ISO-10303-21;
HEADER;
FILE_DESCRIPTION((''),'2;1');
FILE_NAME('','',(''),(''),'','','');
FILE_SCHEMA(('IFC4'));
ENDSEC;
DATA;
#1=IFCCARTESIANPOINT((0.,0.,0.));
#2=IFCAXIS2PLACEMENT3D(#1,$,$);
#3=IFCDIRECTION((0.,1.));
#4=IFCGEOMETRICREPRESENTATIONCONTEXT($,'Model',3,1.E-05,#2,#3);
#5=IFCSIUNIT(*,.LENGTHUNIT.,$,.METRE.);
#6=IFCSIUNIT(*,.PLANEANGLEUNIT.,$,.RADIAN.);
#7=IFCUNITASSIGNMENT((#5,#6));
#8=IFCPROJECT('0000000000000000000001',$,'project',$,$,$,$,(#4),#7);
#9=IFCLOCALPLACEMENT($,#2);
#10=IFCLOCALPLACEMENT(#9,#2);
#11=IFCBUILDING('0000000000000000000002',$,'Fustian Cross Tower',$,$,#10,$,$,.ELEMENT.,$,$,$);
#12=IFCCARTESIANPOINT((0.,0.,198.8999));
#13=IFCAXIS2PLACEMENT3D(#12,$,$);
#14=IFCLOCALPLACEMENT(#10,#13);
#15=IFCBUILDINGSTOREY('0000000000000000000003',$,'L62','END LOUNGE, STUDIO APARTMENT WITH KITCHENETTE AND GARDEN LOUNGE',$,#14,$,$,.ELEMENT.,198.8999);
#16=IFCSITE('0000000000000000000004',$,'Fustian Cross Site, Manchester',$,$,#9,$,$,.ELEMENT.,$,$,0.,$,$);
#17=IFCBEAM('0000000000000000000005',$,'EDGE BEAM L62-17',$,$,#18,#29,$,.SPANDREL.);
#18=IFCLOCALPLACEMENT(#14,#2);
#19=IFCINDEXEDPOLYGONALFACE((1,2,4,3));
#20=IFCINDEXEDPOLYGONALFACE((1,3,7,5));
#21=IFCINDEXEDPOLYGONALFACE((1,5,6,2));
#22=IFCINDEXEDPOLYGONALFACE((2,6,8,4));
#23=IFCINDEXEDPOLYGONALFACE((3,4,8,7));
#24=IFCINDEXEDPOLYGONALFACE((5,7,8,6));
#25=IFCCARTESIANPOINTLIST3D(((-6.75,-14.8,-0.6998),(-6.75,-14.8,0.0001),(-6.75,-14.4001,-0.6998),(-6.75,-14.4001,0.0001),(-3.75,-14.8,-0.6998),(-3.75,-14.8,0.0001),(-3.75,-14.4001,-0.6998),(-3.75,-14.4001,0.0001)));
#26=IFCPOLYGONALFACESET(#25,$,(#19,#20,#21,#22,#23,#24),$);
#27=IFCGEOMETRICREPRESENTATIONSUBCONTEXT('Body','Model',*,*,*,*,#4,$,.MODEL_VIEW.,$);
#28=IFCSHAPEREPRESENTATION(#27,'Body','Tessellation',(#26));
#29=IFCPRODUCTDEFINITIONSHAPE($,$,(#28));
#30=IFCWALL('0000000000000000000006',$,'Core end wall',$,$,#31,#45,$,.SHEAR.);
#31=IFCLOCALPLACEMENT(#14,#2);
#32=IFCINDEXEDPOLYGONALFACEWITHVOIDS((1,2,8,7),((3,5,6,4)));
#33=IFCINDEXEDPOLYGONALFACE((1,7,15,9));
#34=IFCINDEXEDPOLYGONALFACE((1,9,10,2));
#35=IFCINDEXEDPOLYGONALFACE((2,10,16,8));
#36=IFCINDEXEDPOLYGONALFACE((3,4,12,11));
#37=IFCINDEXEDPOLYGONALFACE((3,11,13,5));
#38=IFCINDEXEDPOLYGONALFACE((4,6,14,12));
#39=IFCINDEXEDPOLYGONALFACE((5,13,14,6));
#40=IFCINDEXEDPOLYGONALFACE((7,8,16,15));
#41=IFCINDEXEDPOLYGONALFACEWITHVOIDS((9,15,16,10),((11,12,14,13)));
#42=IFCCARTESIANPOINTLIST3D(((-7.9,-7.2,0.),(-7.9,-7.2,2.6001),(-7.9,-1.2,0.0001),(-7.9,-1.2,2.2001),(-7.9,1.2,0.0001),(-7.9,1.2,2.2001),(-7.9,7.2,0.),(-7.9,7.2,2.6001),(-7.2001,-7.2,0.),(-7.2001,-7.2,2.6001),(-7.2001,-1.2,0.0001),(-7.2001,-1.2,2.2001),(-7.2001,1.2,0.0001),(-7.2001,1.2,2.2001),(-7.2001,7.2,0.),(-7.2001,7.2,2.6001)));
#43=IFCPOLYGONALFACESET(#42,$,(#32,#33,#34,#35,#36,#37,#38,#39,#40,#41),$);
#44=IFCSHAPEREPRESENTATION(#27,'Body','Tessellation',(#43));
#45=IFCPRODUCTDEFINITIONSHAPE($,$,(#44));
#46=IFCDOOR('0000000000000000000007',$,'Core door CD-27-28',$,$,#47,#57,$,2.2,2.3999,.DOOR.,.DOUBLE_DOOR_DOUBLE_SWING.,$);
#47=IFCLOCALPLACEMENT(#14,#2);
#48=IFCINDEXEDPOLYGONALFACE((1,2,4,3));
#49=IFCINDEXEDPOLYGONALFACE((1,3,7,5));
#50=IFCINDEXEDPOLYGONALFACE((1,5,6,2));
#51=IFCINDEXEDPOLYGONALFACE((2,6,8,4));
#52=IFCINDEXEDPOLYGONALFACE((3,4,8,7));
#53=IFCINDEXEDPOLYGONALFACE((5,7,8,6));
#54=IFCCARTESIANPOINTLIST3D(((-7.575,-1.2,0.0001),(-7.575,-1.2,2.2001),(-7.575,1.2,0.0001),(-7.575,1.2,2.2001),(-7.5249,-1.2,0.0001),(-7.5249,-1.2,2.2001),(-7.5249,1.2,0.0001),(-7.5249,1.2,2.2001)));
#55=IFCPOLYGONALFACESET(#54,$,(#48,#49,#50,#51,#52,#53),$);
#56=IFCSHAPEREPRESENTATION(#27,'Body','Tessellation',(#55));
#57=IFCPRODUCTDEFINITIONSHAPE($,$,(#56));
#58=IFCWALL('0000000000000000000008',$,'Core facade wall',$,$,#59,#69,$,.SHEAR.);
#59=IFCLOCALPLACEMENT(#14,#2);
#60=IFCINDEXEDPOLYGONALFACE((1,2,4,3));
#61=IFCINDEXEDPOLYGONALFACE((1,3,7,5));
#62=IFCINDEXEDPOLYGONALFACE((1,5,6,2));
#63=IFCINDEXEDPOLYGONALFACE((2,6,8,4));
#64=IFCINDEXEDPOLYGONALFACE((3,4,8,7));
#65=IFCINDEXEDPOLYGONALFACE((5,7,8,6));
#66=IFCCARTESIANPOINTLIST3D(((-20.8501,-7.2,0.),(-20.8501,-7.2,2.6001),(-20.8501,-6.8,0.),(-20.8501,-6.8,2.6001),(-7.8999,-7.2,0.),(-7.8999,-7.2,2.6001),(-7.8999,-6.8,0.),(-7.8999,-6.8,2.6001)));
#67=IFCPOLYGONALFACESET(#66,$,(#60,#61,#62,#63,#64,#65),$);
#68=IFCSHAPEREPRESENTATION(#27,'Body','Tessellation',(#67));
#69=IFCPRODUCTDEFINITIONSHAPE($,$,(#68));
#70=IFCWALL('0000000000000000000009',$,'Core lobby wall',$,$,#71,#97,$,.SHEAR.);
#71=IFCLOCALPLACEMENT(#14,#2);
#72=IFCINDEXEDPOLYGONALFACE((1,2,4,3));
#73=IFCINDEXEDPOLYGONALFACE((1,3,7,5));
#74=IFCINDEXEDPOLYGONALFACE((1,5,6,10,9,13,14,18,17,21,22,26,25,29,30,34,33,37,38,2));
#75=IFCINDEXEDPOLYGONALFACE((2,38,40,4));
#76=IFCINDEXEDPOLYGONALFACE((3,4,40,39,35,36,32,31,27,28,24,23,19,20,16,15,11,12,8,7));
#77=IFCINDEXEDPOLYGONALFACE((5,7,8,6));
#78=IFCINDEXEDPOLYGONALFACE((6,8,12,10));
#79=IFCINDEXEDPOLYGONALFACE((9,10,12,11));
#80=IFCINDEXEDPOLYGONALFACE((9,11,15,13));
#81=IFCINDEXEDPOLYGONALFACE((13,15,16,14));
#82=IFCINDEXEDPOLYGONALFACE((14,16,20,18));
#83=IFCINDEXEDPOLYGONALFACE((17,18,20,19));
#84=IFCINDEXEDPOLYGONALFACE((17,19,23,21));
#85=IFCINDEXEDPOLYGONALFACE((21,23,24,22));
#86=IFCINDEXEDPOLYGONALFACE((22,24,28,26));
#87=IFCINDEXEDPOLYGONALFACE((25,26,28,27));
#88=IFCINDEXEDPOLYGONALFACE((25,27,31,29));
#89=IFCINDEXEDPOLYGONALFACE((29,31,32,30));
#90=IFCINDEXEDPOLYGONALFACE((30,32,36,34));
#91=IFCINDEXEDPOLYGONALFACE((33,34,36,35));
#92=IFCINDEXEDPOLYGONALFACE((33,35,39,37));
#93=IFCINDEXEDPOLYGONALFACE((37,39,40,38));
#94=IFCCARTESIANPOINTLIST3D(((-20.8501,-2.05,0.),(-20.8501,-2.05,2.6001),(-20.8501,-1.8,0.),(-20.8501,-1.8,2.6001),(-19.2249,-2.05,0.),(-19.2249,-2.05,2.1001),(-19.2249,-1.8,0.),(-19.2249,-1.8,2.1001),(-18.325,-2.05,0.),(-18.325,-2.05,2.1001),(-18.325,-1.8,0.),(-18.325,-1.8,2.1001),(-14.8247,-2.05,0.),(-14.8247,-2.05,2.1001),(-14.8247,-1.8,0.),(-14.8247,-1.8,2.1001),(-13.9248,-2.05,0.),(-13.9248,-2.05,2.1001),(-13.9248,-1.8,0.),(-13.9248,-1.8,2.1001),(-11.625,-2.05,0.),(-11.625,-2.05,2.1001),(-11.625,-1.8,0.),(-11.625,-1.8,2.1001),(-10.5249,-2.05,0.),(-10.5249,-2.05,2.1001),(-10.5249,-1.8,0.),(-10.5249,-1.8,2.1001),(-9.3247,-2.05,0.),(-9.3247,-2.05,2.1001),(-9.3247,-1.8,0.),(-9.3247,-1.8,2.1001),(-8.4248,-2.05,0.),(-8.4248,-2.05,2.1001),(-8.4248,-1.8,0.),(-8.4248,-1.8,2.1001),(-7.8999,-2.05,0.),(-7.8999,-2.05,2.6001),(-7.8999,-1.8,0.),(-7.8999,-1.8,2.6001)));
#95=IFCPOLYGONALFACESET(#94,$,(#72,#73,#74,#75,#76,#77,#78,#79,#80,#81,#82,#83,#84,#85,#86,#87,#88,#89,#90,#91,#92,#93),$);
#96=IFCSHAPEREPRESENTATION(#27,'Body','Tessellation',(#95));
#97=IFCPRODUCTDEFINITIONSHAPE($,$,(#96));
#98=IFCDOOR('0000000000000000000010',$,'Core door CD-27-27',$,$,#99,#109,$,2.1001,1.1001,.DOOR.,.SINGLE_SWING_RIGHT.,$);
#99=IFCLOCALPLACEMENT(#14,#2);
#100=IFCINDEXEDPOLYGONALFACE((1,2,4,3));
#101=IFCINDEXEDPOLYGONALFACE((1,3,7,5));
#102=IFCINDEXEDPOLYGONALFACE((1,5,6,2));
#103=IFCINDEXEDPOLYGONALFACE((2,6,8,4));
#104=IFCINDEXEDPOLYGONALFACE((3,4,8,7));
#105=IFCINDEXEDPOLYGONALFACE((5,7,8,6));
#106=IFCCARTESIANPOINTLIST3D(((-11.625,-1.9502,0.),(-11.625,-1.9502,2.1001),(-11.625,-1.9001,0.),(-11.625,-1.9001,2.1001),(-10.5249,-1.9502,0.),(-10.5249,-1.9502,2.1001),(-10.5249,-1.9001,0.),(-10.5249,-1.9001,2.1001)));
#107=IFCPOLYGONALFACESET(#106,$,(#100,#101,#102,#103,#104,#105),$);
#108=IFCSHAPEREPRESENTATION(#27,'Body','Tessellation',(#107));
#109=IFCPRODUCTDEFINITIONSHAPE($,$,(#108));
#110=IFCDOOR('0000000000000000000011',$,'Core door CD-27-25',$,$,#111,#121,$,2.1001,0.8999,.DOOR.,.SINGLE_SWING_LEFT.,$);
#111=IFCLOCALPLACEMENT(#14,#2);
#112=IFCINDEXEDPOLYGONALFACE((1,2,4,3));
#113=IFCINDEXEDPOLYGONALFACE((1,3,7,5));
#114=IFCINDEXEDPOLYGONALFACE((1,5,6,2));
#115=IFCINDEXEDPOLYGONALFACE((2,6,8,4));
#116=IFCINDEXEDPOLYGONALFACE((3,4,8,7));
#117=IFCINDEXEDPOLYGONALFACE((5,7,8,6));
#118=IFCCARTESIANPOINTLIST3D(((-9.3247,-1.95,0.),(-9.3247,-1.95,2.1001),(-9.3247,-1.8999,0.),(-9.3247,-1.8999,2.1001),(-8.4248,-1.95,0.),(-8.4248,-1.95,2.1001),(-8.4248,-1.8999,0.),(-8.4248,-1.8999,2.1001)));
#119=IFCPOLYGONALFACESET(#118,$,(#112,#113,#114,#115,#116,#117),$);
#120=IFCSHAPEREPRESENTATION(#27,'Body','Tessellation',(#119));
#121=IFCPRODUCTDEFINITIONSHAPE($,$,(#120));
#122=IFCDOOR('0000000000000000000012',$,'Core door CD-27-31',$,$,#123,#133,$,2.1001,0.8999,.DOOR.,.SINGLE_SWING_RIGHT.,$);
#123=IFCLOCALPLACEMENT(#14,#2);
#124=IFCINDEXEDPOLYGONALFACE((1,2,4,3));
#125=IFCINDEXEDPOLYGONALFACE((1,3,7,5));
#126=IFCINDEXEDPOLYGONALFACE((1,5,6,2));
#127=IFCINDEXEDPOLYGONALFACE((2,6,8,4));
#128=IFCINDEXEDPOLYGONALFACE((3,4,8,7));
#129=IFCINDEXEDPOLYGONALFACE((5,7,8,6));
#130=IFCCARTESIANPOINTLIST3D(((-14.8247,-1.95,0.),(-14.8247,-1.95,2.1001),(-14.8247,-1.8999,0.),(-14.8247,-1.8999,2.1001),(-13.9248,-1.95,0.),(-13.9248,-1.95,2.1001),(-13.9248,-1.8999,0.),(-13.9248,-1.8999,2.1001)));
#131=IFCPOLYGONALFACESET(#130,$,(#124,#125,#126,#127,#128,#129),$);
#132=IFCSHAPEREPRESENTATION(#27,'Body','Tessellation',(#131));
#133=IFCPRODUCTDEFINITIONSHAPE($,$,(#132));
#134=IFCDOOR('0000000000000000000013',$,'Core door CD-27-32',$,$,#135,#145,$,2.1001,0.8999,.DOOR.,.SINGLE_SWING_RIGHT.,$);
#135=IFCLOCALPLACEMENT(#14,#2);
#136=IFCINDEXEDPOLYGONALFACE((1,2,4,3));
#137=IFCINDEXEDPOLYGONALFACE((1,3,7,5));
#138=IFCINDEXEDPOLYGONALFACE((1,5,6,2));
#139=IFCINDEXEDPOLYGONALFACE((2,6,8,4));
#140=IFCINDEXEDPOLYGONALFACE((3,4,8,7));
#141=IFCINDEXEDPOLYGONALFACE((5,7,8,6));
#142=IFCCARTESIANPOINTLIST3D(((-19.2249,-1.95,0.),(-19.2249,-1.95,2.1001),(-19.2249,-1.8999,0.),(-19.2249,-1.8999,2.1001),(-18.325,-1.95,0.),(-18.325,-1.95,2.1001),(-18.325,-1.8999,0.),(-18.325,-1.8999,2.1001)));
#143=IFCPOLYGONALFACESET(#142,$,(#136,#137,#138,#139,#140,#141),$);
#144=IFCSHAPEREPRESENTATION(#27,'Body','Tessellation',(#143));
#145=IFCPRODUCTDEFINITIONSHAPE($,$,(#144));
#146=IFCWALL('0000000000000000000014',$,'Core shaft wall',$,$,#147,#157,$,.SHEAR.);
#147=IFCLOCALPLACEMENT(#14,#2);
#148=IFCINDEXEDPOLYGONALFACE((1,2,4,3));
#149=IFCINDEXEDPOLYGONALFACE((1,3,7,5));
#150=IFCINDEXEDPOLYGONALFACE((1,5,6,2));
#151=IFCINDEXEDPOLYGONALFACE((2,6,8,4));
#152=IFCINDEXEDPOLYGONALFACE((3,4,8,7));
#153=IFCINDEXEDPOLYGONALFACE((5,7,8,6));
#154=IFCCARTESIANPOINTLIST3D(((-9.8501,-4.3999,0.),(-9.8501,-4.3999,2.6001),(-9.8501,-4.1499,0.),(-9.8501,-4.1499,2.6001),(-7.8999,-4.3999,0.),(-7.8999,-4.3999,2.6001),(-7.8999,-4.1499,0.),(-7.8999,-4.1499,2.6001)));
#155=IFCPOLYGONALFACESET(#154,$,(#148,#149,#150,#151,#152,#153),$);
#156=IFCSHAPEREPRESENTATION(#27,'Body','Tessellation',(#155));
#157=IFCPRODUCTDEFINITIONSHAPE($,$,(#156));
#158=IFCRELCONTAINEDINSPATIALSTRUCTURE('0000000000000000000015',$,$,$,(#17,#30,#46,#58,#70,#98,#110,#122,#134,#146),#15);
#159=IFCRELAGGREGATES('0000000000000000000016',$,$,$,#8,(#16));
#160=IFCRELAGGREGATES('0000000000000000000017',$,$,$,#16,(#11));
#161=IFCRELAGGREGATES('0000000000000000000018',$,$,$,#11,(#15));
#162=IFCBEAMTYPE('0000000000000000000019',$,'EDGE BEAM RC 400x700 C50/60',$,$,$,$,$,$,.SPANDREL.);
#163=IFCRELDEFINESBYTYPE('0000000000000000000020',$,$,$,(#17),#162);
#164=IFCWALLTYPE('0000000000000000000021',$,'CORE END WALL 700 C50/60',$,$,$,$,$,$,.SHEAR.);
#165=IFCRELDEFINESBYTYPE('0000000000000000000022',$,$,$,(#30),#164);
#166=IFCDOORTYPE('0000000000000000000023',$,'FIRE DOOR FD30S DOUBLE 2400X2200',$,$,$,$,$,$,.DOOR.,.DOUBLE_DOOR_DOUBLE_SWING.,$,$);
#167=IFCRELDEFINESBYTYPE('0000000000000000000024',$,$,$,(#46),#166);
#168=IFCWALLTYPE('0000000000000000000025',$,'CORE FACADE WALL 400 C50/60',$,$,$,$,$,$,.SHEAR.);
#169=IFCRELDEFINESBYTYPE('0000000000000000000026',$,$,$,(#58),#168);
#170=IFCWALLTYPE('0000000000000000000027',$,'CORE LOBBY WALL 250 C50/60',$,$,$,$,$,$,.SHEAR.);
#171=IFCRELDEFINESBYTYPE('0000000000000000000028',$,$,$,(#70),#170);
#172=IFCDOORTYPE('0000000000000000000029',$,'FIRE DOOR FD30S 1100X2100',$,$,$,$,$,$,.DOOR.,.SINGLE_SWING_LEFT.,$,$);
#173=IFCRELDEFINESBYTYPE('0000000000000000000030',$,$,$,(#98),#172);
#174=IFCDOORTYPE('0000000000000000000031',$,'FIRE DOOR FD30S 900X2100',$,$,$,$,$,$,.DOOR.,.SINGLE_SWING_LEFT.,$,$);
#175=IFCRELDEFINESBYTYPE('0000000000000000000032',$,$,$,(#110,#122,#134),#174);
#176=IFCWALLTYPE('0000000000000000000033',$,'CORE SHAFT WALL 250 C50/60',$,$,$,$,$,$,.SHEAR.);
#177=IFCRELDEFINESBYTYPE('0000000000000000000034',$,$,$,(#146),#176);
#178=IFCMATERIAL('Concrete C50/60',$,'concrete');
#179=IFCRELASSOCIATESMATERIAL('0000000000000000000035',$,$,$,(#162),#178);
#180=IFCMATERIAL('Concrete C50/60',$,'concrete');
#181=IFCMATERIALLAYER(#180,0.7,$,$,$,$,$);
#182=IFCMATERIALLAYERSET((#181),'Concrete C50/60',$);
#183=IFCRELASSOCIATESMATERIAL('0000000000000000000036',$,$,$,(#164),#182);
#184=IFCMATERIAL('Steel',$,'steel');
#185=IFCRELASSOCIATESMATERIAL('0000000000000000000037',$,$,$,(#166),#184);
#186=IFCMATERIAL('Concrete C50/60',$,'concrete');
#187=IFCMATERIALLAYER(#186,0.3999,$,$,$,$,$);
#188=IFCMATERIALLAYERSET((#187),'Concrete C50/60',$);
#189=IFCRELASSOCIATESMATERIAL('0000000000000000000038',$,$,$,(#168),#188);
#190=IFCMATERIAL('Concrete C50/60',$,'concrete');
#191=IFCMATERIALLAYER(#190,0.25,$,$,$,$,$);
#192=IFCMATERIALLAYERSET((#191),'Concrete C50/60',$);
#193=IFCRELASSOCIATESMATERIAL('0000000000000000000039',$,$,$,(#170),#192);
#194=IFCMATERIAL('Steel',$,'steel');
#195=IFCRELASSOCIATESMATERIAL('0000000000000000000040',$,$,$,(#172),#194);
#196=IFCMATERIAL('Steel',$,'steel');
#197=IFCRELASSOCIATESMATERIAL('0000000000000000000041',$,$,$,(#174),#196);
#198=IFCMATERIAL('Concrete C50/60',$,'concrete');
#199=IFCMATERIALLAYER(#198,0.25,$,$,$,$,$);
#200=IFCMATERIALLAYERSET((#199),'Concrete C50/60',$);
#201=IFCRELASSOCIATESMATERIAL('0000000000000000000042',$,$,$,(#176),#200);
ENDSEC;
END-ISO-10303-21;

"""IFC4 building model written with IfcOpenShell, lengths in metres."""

from ifc_helpers import new_model, si_unit, direction, frame, frame_2d, origin, origin_2d, place, context, subcontext, project, spatial, rectangle, extrude, material, layer, layer_set, material_profile, profile_set, type_object, element, fill, save


model = new_model("IFC4")

# Units and contexts
model_context = context("Model", 3, precision=1e-05, world=origin(), true_north=direction((0.0, 1.0)))
body_context = subcontext(model_context, "Body", "Model", "MODEL_VIEW")
ifc_project = project(units=[si_unit("LENGTHUNIT", "METRE"), si_unit("PLANEANGLEUNIT", "RADIAN")], contexts=[model_context])

# Site, building, storey
site_placement = place(None, origin())
site = spatial("IfcSite", under=ifc_project, at=site_placement, Name="Fustian Cross Site, Manchester", CompositionType="ELEMENT", RefElevation=0.0)
building_placement = place(site_placement, origin())
building = spatial("IfcBuilding", under=site, at=building_placement, Name="Fustian Cross Tower", CompositionType="ELEMENT")
storey_placement = place(building_placement, frame((0.0, 0.0, 198.8999)))
storey = spatial("IfcBuildingStorey", under=building, at=storey_placement, Name="L62", Description="END LOUNGE, STUDIO APARTMENT WITH KITCHENETTE AND GARDEN LOUNGE", CompositionType="ELEMENT", Elevation=198.8999)

# Beam
ifc_material_1 = material(Name="Concrete C50/60", Category="concrete")
ifc_material_profile_1 = material_profile(ifc_material_1, rectangle(XDim=0.3999, YDim=0.7, at=origin_2d()), Name="RC 400x700")
ifc_profile_set_1 = profile_set([ifc_material_profile_1], Name="Concrete C50/60")
beam_type = type_object("IfcBeamType", Name="EDGE BEAM RC 400x700 C50/60", PredefinedType="SPANDREL", material=ifc_profile_set_1)
beam_1_placement = place(storey_placement, frame((-3.75, -14.6001, -0.3499), z_axis=(-1.0, 0.0, 0.0), x_axis=(0.0, -1.0, 0.0)))
element("IfcBeam", 1, at=beam_1_placement, inside=storey, type_object=beam_type, Name="EDGE BEAM L62-17", PredefinedType="SPANDREL", context=body_context, shape_type="SweptSolid", body=[
    extrude(rectangle(XDim=0.3999, YDim=0.7, at=origin_2d()), origin(), (0.0, 0.0, 1.0), 3.0),
])

# Wall, opening, door
ifc_material_2 = material(Name="Concrete C50/60", Category="concrete")
ifc_layer_1 = layer(ifc_material_2, 0.7)
ifc_layer_set_1 = layer_set([ifc_layer_1], Name="Concrete C50/60")
wall_type_1 = type_object("IfcWallType", Name="CORE END WALL 700 C50/60", PredefinedType="SHEAR", material=ifc_layer_set_1)
wall_1_placement = place(storey_placement, frame((-7.55, -7.2, 0.0), z_axis=(0.0, 0.0, 1.0), x_axis=(0.0, 1.0, 0.0)))
wall_1 = element("IfcWall", 2, at=wall_1_placement, inside=storey, type_object=wall_type_1, Name="Core end wall", PredefinedType="SHEAR", context=body_context, shape_type="SweptSolid", body=[
    extrude(rectangle(XDim=14.3999, YDim=0.7, at=frame_2d((7.2, 0.0))), origin(), (0.0, 0.0, 1.0), 2.6001),
])
opening_1_placement = place(wall_1_placement, frame((6.0, 0.0, 0.0)))
opening_1 = element("IfcOpeningElement", 3, at=opening_1_placement, cuts=wall_1, PredefinedType="OPENING", context=body_context, shape_type="SweptSolid", body=[
    extrude(rectangle(XDim=2.3999, YDim=2.2, at=frame_2d((1.2, 1.1001))), frame((0.0, 0.3599, 0.0), z_axis=(0.0, -1.0, 0.0), x_axis=(1.0, 0.0, 0.0)), (0.0, 0.0, 1.0), 0.72),
])
ifc_material_3 = material(Name="Steel", Category="steel")
door_type_1 = type_object("IfcDoorType", Name="FIRE DOOR FD30S DOUBLE 2400X2200", OperationType="DOUBLE_DOOR_DOUBLE_SWING", PredefinedType="DOOR", material=ifc_material_3)
door_1_placement = place(opening_1_placement, origin())
door_1 = element("IfcDoor", 4, at=door_1_placement, inside=storey, type_object=door_type_1, Name="Core door CD-27-28", OperationType="DOUBLE_DOOR_DOUBLE_SWING", OverallHeight=2.2, OverallWidth=2.3999, PredefinedType="DOOR", context=body_context, shape_type="SweptSolid", body=[
    extrude(rectangle(XDim=2.3999, YDim=2.2, at=frame_2d((1.2, 1.1001))), frame((0.0, 0.0249, 0.0), z_axis=(0.0, -1.0, 0.0), x_axis=(1.0, 0.0, 0.0)), (0.0, 0.0, 1.0), 0.05),
])
fill(opening_1, door_1)

# Wall
ifc_material_4 = material(Name="Concrete C50/60", Category="concrete")
ifc_layer_2 = layer(ifc_material_4, 0.3999)
ifc_layer_set_2 = layer_set([ifc_layer_2], Name="Concrete C50/60")
wall_type_2 = type_object("IfcWallType", Name="CORE FACADE WALL 400 C50/60", PredefinedType="SHEAR", material=ifc_layer_set_2)
wall_2_placement = place(storey_placement, frame((-7.8999, -7.0, 0.0), z_axis=(0.0, 0.0, 1.0), x_axis=(-1.0, 0.0, 0.0)))
element("IfcWall", 5, at=wall_2_placement, inside=storey, type_object=wall_type_2, Name="Core facade wall", PredefinedType="SHEAR", context=body_context, shape_type="SweptSolid", body=[
    extrude(rectangle(XDim=12.9502, YDim=0.3999, at=frame_2d((6.4751, 0.0))), origin(), (0.0, 0.0, 1.0), 2.6001),
])

# Wall, openings, doors
ifc_material_5 = material(Name="Concrete C50/60", Category="concrete")
ifc_layer_3 = layer(ifc_material_5, 0.25)
ifc_layer_set_3 = layer_set([ifc_layer_3], Name="Concrete C50/60")
wall_type_3 = type_object("IfcWallType", Name="CORE LOBBY WALL 250 C50/60", PredefinedType="SHEAR", material=ifc_layer_set_3)
wall_3_placement = place(storey_placement, frame((-7.8999, -1.925, 0.0), z_axis=(0.0, 0.0, 1.0), x_axis=(-1.0, 0.0, 0.0)))
wall_3 = element("IfcWall", 6, at=wall_3_placement, inside=storey, type_object=wall_type_3, Name="Core lobby wall", PredefinedType="SHEAR", context=body_context, shape_type="SweptSolid", body=[
    extrude(rectangle(XDim=12.9502, YDim=0.25, at=frame_2d((6.4751, 0.0))), origin(), (0.0, 0.0, 1.0), 2.6001),
])
opening_2_placement = place(wall_3_placement, frame((0.5249, 0.0, 0.0)))
opening_2 = element("IfcOpeningElement", 7, at=opening_2_placement, cuts=wall_3, PredefinedType="OPENING", context=body_context, shape_type="SweptSolid", body=[
    extrude(rectangle(XDim=0.8999, YDim=2.1001, at=frame_2d((0.45, 1.05))), frame((0.0, 0.135, 0.0), z_axis=(0.0, -1.0, 0.0), x_axis=(1.0, 0.0, 0.0)), (0.0, 0.0, 1.0), 0.27),
])
opening_3_placement = place(wall_3_placement, frame((2.625, 0.0, 0.0)))
opening_3 = element("IfcOpeningElement", 8, at=opening_3_placement, cuts=wall_3, PredefinedType="OPENING", context=body_context, shape_type="SweptSolid", body=[
    extrude(rectangle(XDim=1.1001, YDim=2.1001, at=frame_2d((0.55, 1.05))), frame((0.0, 0.135, 0.0), z_axis=(0.0, -1.0, 0.0), x_axis=(1.0, 0.0, 0.0)), (0.0, 0.0, 1.0), 0.27),
])
opening_4_placement = place(wall_3_placement, frame((6.0249, 0.0, 0.0)))
opening_4 = element("IfcOpeningElement", 9, at=opening_4_placement, cuts=wall_3, PredefinedType="OPENING", context=body_context, shape_type="SweptSolid", body=[
    extrude(rectangle(XDim=0.8999, YDim=2.1001, at=frame_2d((0.45, 1.05))), frame((0.0, 0.135, 0.0), z_axis=(0.0, -1.0, 0.0), x_axis=(1.0, 0.0, 0.0)), (0.0, 0.0, 1.0), 0.27),
])
opening_5_placement = place(wall_3_placement, frame((10.425, 0.0, 0.0)))
opening_5 = element("IfcOpeningElement", 10, at=opening_5_placement, cuts=wall_3, PredefinedType="OPENING", context=body_context, shape_type="SweptSolid", body=[
    extrude(rectangle(XDim=0.8999, YDim=2.1001, at=frame_2d((0.45, 1.05))), frame((0.0, 0.135, 0.0), z_axis=(0.0, -1.0, 0.0), x_axis=(1.0, 0.0, 0.0)), (0.0, 0.0, 1.0), 0.27),
])
ifc_material_6 = material(Name="Steel", Category="steel")
door_type_2 = type_object("IfcDoorType", Name="FIRE DOOR FD30S 1100X2100", OperationType="SINGLE_SWING_LEFT", PredefinedType="DOOR", material=ifc_material_6)
door_2_placement = place(opening_3_placement, frame((1.1001, 0.0, 0.0), z_axis=(0.0, 0.0, 1.0), x_axis=(-1.0, 0.0, 0.0)))
door_2 = element("IfcDoor", 11, at=door_2_placement, inside=storey, type_object=door_type_2, Name="Core door CD-27-27", OperationType="SINGLE_SWING_RIGHT", OverallHeight=2.1001, OverallWidth=1.1001, PredefinedType="DOOR", context=body_context, shape_type="SweptSolid", body=[
    extrude(rectangle(XDim=1.1001, YDim=2.1001, at=frame_2d((0.55, 1.05))), frame((0.0, 0.0249, 0.0), z_axis=(0.0, -1.0, 0.0), x_axis=(1.0, 0.0, 0.0)), (0.0, 0.0, 1.0), 0.05),
])
fill(opening_3, door_2)
ifc_material_7 = material(Name="Steel", Category="steel")
door_type_3 = type_object("IfcDoorType", Name="FIRE DOOR FD30S 900X2100", OperationType="SINGLE_SWING_LEFT", PredefinedType="DOOR", material=ifc_material_7)
door_3_placement = place(opening_2_placement, origin())
door_3 = element("IfcDoor", 12, at=door_3_placement, inside=storey, type_object=door_type_3, Name="Core door CD-27-25", OperationType="SINGLE_SWING_LEFT", OverallHeight=2.1001, OverallWidth=0.8999, PredefinedType="DOOR", context=body_context, shape_type="SweptSolid", body=[
    extrude(rectangle(XDim=0.8999, YDim=2.1001, at=frame_2d((0.45, 1.05))), frame((0.0, 0.0249, 0.0), z_axis=(0.0, -1.0, 0.0), x_axis=(1.0, 0.0, 0.0)), (0.0, 0.0, 1.0), 0.05),
])
fill(opening_2, door_3)
door_4_placement = place(opening_4_placement, origin())
door_4 = element("IfcDoor", 13, at=door_4_placement, inside=storey, type_object=door_type_3, Name="Core door CD-27-31", OperationType="SINGLE_SWING_RIGHT", OverallHeight=2.1001, OverallWidth=0.8999, PredefinedType="DOOR", context=body_context, shape_type="SweptSolid", body=[
    extrude(rectangle(XDim=0.8999, YDim=2.1001, at=frame_2d((0.45, 1.05))), frame((0.0, 0.0249, 0.0), z_axis=(0.0, -1.0, 0.0), x_axis=(1.0, 0.0, 0.0)), (0.0, 0.0, 1.0), 0.05),
])
fill(opening_4, door_4)
door_5_placement = place(opening_5_placement, origin())
door_5 = element("IfcDoor", 14, at=door_5_placement, inside=storey, type_object=door_type_3, Name="Core door CD-27-32", OperationType="SINGLE_SWING_RIGHT", OverallHeight=2.1001, OverallWidth=0.8999, PredefinedType="DOOR", context=body_context, shape_type="SweptSolid", body=[
    extrude(rectangle(XDim=0.8999, YDim=2.1001, at=frame_2d((0.45, 1.05))), frame((0.0, 0.0249, 0.0), z_axis=(0.0, -1.0, 0.0), x_axis=(1.0, 0.0, 0.0)), (0.0, 0.0, 1.0), 0.05),
])
fill(opening_5, door_5)

# Wall
ifc_material_8 = material(Name="Concrete C50/60", Category="concrete")
ifc_layer_4 = layer(ifc_material_8, 0.25)
ifc_layer_set_4 = layer_set([ifc_layer_4], Name="Concrete C50/60")
wall_type_4 = type_object("IfcWallType", Name="CORE SHAFT WALL 250 C50/60", PredefinedType="SHEAR", material=ifc_layer_set_4)
wall_4_placement = place(storey_placement, frame((-7.8999, -4.2749, 0.0), z_axis=(0.0, 0.0, 1.0), x_axis=(-1.0, 0.0, 0.0)))
element("IfcWall", 15, at=wall_4_placement, inside=storey, type_object=wall_type_4, Name="Core shaft wall", PredefinedType="SHEAR", context=body_context, shape_type="SweptSolid", body=[
    extrude(rectangle(XDim=1.9502, YDim=0.25, at=frame_2d((0.9751, 0.0))), origin(), (0.0, 0.0, 1.0), 2.6001),
])

save(model, "model.ifc")
